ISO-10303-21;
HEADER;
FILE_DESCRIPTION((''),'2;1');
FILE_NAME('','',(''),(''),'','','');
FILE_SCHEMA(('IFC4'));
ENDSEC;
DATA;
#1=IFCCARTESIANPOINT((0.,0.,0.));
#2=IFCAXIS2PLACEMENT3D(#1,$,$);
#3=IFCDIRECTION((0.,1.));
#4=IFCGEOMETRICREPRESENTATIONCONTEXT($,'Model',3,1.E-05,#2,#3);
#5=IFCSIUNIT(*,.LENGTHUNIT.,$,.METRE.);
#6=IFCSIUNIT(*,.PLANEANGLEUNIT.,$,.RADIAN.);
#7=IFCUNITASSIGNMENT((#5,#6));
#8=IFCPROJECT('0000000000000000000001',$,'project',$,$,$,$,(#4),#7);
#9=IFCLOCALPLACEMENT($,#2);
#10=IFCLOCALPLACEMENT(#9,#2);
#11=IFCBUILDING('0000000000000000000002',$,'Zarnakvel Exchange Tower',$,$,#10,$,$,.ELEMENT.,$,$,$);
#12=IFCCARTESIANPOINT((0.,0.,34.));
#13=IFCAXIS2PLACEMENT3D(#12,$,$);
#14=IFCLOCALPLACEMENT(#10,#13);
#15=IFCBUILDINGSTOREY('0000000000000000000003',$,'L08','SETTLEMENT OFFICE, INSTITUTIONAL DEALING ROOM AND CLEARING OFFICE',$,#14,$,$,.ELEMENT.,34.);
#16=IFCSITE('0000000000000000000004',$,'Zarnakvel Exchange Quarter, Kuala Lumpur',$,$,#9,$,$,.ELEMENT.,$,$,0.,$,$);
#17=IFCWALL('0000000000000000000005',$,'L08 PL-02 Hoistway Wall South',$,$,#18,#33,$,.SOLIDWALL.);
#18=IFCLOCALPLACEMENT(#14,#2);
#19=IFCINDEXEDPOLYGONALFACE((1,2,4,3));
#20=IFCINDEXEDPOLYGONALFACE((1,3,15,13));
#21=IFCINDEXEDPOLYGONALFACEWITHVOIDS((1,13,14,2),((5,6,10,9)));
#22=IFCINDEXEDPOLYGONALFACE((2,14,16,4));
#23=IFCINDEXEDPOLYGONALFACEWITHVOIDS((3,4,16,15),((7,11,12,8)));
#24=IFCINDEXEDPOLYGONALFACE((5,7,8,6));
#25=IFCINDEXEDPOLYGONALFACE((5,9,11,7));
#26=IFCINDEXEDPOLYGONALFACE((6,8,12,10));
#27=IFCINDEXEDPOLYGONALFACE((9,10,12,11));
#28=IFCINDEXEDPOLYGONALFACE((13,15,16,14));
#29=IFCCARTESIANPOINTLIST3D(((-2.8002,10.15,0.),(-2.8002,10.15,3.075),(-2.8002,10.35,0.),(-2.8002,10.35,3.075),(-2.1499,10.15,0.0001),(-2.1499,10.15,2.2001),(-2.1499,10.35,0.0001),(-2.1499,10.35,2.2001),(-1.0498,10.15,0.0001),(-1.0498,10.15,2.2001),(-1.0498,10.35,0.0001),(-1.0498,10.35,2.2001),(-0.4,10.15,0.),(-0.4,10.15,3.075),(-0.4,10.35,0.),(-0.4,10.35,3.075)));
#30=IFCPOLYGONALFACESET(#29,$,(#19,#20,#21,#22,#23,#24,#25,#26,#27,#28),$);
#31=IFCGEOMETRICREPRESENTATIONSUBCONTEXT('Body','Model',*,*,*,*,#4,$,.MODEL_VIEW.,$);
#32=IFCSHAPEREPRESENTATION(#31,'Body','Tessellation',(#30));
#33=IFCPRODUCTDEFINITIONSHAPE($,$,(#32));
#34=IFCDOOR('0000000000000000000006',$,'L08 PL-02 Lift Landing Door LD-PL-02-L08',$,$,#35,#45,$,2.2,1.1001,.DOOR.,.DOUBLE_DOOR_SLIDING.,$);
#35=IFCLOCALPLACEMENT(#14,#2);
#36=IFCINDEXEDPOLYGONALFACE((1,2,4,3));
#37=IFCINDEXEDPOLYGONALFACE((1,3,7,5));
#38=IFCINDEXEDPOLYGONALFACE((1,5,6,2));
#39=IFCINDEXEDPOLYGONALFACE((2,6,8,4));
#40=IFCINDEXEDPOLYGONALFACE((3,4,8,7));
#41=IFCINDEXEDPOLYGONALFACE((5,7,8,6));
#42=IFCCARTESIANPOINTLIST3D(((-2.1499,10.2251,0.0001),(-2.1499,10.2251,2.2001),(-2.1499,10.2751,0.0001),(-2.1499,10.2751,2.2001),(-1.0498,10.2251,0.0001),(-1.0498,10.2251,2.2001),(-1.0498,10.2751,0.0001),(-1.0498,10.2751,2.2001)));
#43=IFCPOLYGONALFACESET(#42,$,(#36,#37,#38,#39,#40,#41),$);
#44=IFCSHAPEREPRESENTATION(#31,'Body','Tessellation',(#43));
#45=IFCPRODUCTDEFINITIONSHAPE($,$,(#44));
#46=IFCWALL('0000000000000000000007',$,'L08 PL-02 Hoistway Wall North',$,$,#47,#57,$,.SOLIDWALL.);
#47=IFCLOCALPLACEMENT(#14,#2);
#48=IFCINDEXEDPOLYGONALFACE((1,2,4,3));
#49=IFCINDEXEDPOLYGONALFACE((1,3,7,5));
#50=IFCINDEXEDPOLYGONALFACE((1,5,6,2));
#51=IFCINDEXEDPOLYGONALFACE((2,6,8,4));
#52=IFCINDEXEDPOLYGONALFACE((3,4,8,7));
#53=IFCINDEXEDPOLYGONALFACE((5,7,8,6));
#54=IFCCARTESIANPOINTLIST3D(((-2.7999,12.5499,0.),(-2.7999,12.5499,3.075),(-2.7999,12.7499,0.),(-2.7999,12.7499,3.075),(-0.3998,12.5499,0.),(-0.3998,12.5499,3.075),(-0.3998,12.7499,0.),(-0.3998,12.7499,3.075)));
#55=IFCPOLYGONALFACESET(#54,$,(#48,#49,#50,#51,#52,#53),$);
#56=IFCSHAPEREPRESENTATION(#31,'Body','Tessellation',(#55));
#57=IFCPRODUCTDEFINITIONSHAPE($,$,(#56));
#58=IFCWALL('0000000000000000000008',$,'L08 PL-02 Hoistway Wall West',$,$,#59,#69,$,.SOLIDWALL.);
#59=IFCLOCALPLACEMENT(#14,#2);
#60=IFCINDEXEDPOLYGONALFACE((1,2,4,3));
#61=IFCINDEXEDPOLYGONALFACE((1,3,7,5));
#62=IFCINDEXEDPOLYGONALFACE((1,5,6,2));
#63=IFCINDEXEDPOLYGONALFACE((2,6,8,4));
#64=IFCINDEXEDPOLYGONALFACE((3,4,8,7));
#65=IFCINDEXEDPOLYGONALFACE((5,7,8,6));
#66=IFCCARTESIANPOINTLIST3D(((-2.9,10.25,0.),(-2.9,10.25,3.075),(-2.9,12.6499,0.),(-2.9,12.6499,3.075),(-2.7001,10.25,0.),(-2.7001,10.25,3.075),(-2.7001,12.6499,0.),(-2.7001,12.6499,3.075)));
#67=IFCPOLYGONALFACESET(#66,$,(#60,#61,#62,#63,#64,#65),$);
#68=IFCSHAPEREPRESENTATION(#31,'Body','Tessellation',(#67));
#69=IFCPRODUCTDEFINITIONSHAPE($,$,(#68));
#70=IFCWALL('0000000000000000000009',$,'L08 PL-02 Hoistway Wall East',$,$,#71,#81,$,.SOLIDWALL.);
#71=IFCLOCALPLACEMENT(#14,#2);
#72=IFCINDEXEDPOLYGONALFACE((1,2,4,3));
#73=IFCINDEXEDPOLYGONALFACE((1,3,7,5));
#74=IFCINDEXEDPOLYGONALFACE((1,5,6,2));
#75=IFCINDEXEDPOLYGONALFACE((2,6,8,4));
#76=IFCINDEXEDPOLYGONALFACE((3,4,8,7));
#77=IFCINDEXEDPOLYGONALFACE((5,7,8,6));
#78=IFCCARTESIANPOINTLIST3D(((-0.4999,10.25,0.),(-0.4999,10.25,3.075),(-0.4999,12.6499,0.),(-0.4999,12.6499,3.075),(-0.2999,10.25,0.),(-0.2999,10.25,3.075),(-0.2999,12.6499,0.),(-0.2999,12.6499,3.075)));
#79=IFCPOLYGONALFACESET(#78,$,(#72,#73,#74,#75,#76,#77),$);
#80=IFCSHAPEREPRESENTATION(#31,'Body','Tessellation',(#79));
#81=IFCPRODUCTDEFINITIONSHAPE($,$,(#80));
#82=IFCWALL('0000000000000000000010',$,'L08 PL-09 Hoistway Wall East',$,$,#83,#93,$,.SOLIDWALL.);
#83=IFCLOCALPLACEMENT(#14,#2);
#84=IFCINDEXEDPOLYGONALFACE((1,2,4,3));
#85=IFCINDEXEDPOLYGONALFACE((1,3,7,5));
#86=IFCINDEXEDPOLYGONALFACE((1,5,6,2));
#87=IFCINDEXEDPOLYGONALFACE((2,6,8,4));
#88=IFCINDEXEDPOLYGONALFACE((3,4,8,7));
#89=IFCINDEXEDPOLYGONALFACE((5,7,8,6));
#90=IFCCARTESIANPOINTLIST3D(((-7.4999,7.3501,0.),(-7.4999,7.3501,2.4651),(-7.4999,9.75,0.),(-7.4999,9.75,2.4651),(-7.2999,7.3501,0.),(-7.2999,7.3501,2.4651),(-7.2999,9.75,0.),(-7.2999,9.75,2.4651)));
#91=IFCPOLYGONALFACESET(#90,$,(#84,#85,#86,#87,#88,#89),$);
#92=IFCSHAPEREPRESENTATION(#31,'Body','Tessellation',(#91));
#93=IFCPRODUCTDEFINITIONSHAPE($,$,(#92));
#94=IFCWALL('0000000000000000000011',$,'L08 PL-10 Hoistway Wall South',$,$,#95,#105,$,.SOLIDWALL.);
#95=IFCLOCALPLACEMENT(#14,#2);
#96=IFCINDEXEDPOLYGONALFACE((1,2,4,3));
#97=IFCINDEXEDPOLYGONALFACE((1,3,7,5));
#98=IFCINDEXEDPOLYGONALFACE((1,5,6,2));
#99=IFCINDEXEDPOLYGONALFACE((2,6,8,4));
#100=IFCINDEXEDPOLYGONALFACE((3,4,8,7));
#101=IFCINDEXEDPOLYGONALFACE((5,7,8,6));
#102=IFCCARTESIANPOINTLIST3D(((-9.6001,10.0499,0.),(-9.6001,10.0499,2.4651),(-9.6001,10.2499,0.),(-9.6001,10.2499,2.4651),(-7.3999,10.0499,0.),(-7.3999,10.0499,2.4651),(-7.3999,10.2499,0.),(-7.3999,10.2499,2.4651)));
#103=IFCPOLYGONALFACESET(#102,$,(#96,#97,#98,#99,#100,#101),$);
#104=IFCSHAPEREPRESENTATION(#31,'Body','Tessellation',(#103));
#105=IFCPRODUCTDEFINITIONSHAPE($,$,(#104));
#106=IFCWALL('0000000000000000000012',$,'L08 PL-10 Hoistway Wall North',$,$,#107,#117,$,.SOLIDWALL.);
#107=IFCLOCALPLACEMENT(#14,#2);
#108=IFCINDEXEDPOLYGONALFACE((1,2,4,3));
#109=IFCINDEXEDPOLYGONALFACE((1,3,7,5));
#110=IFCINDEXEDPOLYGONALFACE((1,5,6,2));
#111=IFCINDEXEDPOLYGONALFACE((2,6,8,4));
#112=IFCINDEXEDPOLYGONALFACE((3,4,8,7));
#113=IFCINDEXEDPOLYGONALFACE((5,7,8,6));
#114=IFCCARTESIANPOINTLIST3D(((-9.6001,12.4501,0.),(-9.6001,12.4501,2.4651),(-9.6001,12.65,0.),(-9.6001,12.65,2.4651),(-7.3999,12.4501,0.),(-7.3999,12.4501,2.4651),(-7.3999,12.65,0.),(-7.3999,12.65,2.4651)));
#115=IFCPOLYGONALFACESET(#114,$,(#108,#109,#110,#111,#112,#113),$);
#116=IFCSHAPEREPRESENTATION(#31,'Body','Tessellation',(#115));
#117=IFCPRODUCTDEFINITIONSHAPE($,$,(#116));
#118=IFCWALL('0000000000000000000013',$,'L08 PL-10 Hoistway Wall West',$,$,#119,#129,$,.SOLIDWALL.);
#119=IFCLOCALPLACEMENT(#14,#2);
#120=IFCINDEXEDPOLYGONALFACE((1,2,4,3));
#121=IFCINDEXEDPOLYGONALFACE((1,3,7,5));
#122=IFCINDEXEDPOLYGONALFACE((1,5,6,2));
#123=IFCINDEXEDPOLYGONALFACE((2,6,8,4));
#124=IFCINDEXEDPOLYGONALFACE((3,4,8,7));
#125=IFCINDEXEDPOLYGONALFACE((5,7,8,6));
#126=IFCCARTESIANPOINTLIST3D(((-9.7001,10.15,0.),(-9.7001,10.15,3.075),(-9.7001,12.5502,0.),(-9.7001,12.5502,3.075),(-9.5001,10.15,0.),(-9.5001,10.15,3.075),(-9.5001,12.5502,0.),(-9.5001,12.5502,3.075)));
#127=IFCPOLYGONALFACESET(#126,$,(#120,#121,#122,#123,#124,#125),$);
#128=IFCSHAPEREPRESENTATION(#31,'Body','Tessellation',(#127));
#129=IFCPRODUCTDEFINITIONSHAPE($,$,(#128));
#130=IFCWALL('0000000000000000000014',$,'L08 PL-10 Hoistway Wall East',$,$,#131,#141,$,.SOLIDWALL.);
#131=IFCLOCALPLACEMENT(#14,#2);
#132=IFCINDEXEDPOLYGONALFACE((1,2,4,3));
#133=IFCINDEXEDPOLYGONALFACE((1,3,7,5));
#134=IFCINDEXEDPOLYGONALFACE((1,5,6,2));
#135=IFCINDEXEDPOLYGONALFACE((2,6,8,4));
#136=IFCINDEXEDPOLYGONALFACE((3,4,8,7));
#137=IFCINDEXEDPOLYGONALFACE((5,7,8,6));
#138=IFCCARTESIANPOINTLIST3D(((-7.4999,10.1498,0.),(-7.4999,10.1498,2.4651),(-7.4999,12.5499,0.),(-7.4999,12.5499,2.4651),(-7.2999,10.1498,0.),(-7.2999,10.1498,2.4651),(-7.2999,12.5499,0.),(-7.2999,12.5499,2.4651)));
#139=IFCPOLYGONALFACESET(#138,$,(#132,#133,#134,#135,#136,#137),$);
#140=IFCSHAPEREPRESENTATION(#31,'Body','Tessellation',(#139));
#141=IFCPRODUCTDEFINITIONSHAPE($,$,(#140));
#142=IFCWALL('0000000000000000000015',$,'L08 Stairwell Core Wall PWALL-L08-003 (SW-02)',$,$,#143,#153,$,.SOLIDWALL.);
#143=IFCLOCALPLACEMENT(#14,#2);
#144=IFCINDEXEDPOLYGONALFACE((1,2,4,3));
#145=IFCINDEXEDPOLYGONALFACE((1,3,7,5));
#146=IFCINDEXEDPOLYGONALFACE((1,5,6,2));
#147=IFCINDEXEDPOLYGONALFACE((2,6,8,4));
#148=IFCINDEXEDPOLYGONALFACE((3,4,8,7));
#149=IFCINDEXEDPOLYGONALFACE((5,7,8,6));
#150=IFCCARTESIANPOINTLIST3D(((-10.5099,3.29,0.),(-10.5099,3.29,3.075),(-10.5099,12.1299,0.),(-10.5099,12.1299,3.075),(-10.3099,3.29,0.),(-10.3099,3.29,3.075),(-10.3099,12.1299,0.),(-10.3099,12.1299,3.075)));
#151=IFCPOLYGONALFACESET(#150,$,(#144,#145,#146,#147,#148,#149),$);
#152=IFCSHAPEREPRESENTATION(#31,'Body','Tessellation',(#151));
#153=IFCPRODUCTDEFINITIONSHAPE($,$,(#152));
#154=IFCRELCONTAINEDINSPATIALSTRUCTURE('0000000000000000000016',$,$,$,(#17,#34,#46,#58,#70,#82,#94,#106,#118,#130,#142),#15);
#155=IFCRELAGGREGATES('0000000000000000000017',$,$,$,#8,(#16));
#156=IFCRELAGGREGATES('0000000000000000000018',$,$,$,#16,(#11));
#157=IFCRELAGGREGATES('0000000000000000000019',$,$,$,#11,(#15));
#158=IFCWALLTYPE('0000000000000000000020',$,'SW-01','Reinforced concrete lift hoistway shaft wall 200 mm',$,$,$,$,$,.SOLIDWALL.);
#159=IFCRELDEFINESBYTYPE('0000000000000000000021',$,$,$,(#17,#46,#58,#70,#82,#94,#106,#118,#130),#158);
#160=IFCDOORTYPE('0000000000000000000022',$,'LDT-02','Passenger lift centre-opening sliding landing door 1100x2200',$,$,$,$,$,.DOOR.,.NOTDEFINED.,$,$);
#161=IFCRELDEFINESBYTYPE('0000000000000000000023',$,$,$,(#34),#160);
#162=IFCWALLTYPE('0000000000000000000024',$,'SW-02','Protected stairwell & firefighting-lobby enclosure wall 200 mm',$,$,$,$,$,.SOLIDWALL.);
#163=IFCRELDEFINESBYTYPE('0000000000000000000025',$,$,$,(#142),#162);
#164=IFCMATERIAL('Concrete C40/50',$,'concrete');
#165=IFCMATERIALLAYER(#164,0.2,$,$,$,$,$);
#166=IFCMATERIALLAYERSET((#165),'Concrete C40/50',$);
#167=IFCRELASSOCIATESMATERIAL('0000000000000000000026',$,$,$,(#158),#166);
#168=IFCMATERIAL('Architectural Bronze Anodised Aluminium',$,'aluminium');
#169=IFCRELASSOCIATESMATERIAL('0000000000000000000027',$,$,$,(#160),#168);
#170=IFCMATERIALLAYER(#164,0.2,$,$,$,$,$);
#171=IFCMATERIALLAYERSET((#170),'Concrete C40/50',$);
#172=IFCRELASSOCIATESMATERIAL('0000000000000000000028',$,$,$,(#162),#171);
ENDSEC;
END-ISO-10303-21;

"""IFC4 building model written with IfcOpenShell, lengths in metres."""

from ifc_helpers import new_model, si_unit, direction, frame, frame_2d, origin, place, context, subcontext, project, spatial, rectangle, extrude, source, transform, mapped, material, layer, layer_set, type_object, element, fill, save


model = new_model("IFC4")

# Units and contexts
model_context = context("Model", 3, precision=1e-05, world=origin(), true_north=direction((0.0, 1.0)))
body_context = subcontext(model_context, "Body", "Model", "MODEL_VIEW")
ifc_project = project(units=[si_unit("LENGTHUNIT", "METRE"), si_unit("PLANEANGLEUNIT", "RADIAN")], contexts=[model_context])

# Site, building, storey
site_placement = place(None, origin())
site = spatial("IfcSite", under=ifc_project, at=site_placement, Name="Zarnakvel Exchange Quarter, Kuala Lumpur", CompositionType="ELEMENT", RefElevation=0.0)
building_placement = place(site_placement, origin())
building = spatial("IfcBuilding", under=site, at=building_placement, Name="Zarnakvel Exchange Tower", CompositionType="ELEMENT")
storey_placement = place(building_placement, frame((0.0, 0.0, 34.0)))
storey = spatial("IfcBuildingStorey", under=building, at=storey_placement, Name="L08", Description="SETTLEMENT OFFICE, INSTITUTIONAL DEALING ROOM AND CLEARING OFFICE", CompositionType="ELEMENT", Elevation=34.0)

# Shared definitions
ifc_material_1 = material(Name="Architectural Bronze Anodised Aluminium", Category="aluminium")

# Shared definitions
ifc_material_2 = material(Name="Concrete C40/50", Category="concrete")
ifc_layer_1 = layer(ifc_material_2, 0.2)
ifc_layer_set_1 = layer_set([ifc_layer_1], Name="Concrete C40/50")
wall_type_1 = type_object("IfcWallType", Name="SW-01", Description="Reinforced concrete lift hoistway shaft wall 200 mm", PredefinedType="SOLIDWALL", material=ifc_layer_set_1)
door_type = type_object("IfcDoorType", Name="LDT-02", Description="Passenger lift centre-opening sliding landing door 1100x2200", OperationType="NOTDEFINED", PredefinedType="DOOR", material=ifc_material_1)
shared_shape_1 = source(origin(), body_context, "Body", "SweptSolid", [
    extrude(rectangle(XDim=1.1001, YDim=2.2, at=frame_2d((0.55, 1.1001))), frame((0.0, 0.0249, 0.0), z_axis=(0.0, -1.0, 0.0), x_axis=(1.0, 0.0, 0.0)), (0.0, 0.0, 1.0), 0.05),
])

# Wall, opening, door
wall_1_placement = place(storey_placement, frame((-0.3999, 10.25, 0.0), z_axis=(0.0, 0.0, 1.0), x_axis=(-1.0, 0.0, 0.0)))
wall_1 = element("IfcWall", 1, at=wall_1_placement, inside=storey, type_object=wall_type_1, Name="L08 PL-02 Hoistway Wall South", PredefinedType="SOLIDWALL", context=body_context, shape_type="SweptSolid", body=[
    extrude(rectangle(XDim=2.4001, YDim=0.2, at=frame_2d((1.2002, 0.0))), origin(), (0.0, 0.0, 1.0), 3.075),
])
opening_1_placement = place(wall_1_placement, frame((0.6499, 0.0, 0.0)))
opening_1 = element("IfcOpeningElement", 2, at=opening_1_placement, cuts=wall_1, PredefinedType="OPENING", context=body_context, shape_type="SweptSolid", body=[
    extrude(rectangle(XDim=1.1001, YDim=2.2, at=frame_2d((0.55, 1.1001))), frame((0.0, 0.1099, 0.0), z_axis=(0.0, -1.0, 0.0), x_axis=(1.0, 0.0, 0.0)), (0.0, 0.0, 1.0), 0.22),
])
door_1_placement = place(opening_1_placement, origin())
door_1 = element("IfcDoor", 3, at=door_1_placement, inside=storey, type_object=door_type, Name="L08 PL-02 Lift Landing Door LD-PL-02-L08", OperationType="DOUBLE_DOOR_SLIDING", OverallHeight=2.2, OverallWidth=1.1001, PredefinedType="DOOR", context=body_context, shape_type="MappedRepresentation", body=[
    mapped(shared_shape_1, transform((0.0, 0.0, 0.0), x_axis=(1.0, 0.0, 0.0), y_axis=(0.0, 1.0, 0.0), z_axis=(0.0, 0.0, 1.0), scale=1.0)),
])
fill(opening_1, door_1)

# Walls
wall_2_placement = place(storey_placement, frame((-2.8, 12.6499, 0.0), z_axis=(0.0, 0.0, 1.0), x_axis=(1.0, 0.0, 0.0)))
element("IfcWall", 4, at=wall_2_placement, inside=storey, type_object=wall_type_1, Name="L08 PL-02 Hoistway Wall North", PredefinedType="SOLIDWALL", context=body_context, shape_type="SweptSolid", body=[
    extrude(rectangle(XDim=2.4001, YDim=0.2, at=frame_2d((1.2002, 0.0))), origin(), (0.0, 0.0, 1.0), 3.075),
])
for number, where, z_axis, x_axis, name in (
    (5, (-2.8, 10.25, 0.0), (0.0, 0.0, 1.0), (0.0, 1.0, 0.0), "L08 PL-02 Hoistway Wall West"),
    (6, (-0.3999, 12.6499, 0.0), (0.0, 0.0, 1.0), (0.0, -1.0, 0.0), "L08 PL-02 Hoistway Wall East"),
):
    element("IfcWall", number, at=place(storey_placement, frame(where, z_axis=z_axis, x_axis=x_axis)), inside=storey, type_object=wall_type_1, Name=name, PredefinedType="SOLIDWALL", context=body_context, shape_type="SweptSolid", body=[
        extrude(rectangle(XDim=2.3999, YDim=0.2, at=frame_2d((1.2, 0.0))), origin(), (0.0, 0.0, 1.0), 3.075),
    ])
wall_3_placement = place(storey_placement, frame((-7.3999, 9.75, 0.0), z_axis=(0.0, 0.0, 1.0), x_axis=(0.0, -1.0, 0.0)))
element("IfcWall", 7, at=wall_3_placement, inside=storey, type_object=wall_type_1, Name="L08 PL-09 Hoistway Wall East", PredefinedType="SOLIDWALL", context=body_context, shape_type="SweptSolid", body=[
    extrude(rectangle(XDim=2.3999, YDim=0.2, at=frame_2d((1.2, 0.0))), origin(), (0.0, 0.0, 1.0), 2.4651),
])
for number, where, z_axis, x_axis, name in (
    (8, (-7.3999, 10.1499, 0.0), (0.0, 0.0, 1.0), (-1.0, 0.0, 0.0), "L08 PL-10 Hoistway Wall South"),
    (9, (-9.6001, 12.55, 0.0), (0.0, 0.0, 1.0), (1.0, 0.0, 0.0), "L08 PL-10 Hoistway Wall North"),
):
    element("IfcWall", number, at=place(storey_placement, frame(where, z_axis=z_axis, x_axis=x_axis)), inside=storey, type_object=wall_type_1, Name=name, PredefinedType="SOLIDWALL", context=body_context, shape_type="SweptSolid", body=[
        extrude(rectangle(XDim=2.2002, YDim=0.2, at=frame_2d((1.1001, 0.0))), origin(), (0.0, 0.0, 1.0), 2.4651),
    ])
wall_4_placement = place(storey_placement, frame((-9.6001, 10.1499, 0.0), z_axis=(0.0, 0.0, 1.0), x_axis=(0.0, 1.0, 0.0)))
element("IfcWall", 10, at=wall_4_placement, inside=storey, type_object=wall_type_1, Name="L08 PL-10 Hoistway Wall West", PredefinedType="SOLIDWALL", context=body_context, shape_type="SweptSolid", body=[
    extrude(rectangle(XDim=2.4001, YDim=0.2, at=frame_2d((1.2002, 0.0))), origin(), (0.0, 0.0, 1.0), 3.075),
])
wall_5_placement = place(storey_placement, frame((-7.3999, 12.55, 0.0), z_axis=(0.0, 0.0, 1.0), x_axis=(0.0, -1.0, 0.0)))
element("IfcWall", 11, at=wall_5_placement, inside=storey, type_object=wall_type_1, Name="L08 PL-10 Hoistway Wall East", PredefinedType="SOLIDWALL", context=body_context, shape_type="SweptSolid", body=[
    extrude(rectangle(XDim=2.4001, YDim=0.2, at=frame_2d((1.2002, 0.0))), origin(), (0.0, 0.0, 1.0), 2.4651),
])
ifc_layer_2 = layer(ifc_material_2, 0.2)
ifc_layer_set_2 = layer_set([ifc_layer_2], Name="Concrete C40/50")
wall_type_2 = type_object("IfcWallType", Name="SW-02", Description="Protected stairwell & firefighting-lobby enclosure wall 200 mm", PredefinedType="SOLIDWALL", material=ifc_layer_set_2)
wall_6_placement = place(storey_placement, frame((-10.4099, 12.1299, 0.0), z_axis=(0.0, 0.0, 1.0), x_axis=(0.0, -1.0, 0.0)))
element("IfcWall", 12, at=wall_6_placement, inside=storey, type_object=wall_type_2, Name="L08 Stairwell Core Wall PWALL-L08-003 (SW-02)", PredefinedType="SOLIDWALL", context=body_context, shape_type="SweptSolid", body=[
    extrude(rectangle(XDim=8.8398, YDim=0.2, at=frame_2d((4.4199, 0.0))), origin(), (0.0, 0.0, 1.0), 3.075),
])

save(model, "model.ifc")
